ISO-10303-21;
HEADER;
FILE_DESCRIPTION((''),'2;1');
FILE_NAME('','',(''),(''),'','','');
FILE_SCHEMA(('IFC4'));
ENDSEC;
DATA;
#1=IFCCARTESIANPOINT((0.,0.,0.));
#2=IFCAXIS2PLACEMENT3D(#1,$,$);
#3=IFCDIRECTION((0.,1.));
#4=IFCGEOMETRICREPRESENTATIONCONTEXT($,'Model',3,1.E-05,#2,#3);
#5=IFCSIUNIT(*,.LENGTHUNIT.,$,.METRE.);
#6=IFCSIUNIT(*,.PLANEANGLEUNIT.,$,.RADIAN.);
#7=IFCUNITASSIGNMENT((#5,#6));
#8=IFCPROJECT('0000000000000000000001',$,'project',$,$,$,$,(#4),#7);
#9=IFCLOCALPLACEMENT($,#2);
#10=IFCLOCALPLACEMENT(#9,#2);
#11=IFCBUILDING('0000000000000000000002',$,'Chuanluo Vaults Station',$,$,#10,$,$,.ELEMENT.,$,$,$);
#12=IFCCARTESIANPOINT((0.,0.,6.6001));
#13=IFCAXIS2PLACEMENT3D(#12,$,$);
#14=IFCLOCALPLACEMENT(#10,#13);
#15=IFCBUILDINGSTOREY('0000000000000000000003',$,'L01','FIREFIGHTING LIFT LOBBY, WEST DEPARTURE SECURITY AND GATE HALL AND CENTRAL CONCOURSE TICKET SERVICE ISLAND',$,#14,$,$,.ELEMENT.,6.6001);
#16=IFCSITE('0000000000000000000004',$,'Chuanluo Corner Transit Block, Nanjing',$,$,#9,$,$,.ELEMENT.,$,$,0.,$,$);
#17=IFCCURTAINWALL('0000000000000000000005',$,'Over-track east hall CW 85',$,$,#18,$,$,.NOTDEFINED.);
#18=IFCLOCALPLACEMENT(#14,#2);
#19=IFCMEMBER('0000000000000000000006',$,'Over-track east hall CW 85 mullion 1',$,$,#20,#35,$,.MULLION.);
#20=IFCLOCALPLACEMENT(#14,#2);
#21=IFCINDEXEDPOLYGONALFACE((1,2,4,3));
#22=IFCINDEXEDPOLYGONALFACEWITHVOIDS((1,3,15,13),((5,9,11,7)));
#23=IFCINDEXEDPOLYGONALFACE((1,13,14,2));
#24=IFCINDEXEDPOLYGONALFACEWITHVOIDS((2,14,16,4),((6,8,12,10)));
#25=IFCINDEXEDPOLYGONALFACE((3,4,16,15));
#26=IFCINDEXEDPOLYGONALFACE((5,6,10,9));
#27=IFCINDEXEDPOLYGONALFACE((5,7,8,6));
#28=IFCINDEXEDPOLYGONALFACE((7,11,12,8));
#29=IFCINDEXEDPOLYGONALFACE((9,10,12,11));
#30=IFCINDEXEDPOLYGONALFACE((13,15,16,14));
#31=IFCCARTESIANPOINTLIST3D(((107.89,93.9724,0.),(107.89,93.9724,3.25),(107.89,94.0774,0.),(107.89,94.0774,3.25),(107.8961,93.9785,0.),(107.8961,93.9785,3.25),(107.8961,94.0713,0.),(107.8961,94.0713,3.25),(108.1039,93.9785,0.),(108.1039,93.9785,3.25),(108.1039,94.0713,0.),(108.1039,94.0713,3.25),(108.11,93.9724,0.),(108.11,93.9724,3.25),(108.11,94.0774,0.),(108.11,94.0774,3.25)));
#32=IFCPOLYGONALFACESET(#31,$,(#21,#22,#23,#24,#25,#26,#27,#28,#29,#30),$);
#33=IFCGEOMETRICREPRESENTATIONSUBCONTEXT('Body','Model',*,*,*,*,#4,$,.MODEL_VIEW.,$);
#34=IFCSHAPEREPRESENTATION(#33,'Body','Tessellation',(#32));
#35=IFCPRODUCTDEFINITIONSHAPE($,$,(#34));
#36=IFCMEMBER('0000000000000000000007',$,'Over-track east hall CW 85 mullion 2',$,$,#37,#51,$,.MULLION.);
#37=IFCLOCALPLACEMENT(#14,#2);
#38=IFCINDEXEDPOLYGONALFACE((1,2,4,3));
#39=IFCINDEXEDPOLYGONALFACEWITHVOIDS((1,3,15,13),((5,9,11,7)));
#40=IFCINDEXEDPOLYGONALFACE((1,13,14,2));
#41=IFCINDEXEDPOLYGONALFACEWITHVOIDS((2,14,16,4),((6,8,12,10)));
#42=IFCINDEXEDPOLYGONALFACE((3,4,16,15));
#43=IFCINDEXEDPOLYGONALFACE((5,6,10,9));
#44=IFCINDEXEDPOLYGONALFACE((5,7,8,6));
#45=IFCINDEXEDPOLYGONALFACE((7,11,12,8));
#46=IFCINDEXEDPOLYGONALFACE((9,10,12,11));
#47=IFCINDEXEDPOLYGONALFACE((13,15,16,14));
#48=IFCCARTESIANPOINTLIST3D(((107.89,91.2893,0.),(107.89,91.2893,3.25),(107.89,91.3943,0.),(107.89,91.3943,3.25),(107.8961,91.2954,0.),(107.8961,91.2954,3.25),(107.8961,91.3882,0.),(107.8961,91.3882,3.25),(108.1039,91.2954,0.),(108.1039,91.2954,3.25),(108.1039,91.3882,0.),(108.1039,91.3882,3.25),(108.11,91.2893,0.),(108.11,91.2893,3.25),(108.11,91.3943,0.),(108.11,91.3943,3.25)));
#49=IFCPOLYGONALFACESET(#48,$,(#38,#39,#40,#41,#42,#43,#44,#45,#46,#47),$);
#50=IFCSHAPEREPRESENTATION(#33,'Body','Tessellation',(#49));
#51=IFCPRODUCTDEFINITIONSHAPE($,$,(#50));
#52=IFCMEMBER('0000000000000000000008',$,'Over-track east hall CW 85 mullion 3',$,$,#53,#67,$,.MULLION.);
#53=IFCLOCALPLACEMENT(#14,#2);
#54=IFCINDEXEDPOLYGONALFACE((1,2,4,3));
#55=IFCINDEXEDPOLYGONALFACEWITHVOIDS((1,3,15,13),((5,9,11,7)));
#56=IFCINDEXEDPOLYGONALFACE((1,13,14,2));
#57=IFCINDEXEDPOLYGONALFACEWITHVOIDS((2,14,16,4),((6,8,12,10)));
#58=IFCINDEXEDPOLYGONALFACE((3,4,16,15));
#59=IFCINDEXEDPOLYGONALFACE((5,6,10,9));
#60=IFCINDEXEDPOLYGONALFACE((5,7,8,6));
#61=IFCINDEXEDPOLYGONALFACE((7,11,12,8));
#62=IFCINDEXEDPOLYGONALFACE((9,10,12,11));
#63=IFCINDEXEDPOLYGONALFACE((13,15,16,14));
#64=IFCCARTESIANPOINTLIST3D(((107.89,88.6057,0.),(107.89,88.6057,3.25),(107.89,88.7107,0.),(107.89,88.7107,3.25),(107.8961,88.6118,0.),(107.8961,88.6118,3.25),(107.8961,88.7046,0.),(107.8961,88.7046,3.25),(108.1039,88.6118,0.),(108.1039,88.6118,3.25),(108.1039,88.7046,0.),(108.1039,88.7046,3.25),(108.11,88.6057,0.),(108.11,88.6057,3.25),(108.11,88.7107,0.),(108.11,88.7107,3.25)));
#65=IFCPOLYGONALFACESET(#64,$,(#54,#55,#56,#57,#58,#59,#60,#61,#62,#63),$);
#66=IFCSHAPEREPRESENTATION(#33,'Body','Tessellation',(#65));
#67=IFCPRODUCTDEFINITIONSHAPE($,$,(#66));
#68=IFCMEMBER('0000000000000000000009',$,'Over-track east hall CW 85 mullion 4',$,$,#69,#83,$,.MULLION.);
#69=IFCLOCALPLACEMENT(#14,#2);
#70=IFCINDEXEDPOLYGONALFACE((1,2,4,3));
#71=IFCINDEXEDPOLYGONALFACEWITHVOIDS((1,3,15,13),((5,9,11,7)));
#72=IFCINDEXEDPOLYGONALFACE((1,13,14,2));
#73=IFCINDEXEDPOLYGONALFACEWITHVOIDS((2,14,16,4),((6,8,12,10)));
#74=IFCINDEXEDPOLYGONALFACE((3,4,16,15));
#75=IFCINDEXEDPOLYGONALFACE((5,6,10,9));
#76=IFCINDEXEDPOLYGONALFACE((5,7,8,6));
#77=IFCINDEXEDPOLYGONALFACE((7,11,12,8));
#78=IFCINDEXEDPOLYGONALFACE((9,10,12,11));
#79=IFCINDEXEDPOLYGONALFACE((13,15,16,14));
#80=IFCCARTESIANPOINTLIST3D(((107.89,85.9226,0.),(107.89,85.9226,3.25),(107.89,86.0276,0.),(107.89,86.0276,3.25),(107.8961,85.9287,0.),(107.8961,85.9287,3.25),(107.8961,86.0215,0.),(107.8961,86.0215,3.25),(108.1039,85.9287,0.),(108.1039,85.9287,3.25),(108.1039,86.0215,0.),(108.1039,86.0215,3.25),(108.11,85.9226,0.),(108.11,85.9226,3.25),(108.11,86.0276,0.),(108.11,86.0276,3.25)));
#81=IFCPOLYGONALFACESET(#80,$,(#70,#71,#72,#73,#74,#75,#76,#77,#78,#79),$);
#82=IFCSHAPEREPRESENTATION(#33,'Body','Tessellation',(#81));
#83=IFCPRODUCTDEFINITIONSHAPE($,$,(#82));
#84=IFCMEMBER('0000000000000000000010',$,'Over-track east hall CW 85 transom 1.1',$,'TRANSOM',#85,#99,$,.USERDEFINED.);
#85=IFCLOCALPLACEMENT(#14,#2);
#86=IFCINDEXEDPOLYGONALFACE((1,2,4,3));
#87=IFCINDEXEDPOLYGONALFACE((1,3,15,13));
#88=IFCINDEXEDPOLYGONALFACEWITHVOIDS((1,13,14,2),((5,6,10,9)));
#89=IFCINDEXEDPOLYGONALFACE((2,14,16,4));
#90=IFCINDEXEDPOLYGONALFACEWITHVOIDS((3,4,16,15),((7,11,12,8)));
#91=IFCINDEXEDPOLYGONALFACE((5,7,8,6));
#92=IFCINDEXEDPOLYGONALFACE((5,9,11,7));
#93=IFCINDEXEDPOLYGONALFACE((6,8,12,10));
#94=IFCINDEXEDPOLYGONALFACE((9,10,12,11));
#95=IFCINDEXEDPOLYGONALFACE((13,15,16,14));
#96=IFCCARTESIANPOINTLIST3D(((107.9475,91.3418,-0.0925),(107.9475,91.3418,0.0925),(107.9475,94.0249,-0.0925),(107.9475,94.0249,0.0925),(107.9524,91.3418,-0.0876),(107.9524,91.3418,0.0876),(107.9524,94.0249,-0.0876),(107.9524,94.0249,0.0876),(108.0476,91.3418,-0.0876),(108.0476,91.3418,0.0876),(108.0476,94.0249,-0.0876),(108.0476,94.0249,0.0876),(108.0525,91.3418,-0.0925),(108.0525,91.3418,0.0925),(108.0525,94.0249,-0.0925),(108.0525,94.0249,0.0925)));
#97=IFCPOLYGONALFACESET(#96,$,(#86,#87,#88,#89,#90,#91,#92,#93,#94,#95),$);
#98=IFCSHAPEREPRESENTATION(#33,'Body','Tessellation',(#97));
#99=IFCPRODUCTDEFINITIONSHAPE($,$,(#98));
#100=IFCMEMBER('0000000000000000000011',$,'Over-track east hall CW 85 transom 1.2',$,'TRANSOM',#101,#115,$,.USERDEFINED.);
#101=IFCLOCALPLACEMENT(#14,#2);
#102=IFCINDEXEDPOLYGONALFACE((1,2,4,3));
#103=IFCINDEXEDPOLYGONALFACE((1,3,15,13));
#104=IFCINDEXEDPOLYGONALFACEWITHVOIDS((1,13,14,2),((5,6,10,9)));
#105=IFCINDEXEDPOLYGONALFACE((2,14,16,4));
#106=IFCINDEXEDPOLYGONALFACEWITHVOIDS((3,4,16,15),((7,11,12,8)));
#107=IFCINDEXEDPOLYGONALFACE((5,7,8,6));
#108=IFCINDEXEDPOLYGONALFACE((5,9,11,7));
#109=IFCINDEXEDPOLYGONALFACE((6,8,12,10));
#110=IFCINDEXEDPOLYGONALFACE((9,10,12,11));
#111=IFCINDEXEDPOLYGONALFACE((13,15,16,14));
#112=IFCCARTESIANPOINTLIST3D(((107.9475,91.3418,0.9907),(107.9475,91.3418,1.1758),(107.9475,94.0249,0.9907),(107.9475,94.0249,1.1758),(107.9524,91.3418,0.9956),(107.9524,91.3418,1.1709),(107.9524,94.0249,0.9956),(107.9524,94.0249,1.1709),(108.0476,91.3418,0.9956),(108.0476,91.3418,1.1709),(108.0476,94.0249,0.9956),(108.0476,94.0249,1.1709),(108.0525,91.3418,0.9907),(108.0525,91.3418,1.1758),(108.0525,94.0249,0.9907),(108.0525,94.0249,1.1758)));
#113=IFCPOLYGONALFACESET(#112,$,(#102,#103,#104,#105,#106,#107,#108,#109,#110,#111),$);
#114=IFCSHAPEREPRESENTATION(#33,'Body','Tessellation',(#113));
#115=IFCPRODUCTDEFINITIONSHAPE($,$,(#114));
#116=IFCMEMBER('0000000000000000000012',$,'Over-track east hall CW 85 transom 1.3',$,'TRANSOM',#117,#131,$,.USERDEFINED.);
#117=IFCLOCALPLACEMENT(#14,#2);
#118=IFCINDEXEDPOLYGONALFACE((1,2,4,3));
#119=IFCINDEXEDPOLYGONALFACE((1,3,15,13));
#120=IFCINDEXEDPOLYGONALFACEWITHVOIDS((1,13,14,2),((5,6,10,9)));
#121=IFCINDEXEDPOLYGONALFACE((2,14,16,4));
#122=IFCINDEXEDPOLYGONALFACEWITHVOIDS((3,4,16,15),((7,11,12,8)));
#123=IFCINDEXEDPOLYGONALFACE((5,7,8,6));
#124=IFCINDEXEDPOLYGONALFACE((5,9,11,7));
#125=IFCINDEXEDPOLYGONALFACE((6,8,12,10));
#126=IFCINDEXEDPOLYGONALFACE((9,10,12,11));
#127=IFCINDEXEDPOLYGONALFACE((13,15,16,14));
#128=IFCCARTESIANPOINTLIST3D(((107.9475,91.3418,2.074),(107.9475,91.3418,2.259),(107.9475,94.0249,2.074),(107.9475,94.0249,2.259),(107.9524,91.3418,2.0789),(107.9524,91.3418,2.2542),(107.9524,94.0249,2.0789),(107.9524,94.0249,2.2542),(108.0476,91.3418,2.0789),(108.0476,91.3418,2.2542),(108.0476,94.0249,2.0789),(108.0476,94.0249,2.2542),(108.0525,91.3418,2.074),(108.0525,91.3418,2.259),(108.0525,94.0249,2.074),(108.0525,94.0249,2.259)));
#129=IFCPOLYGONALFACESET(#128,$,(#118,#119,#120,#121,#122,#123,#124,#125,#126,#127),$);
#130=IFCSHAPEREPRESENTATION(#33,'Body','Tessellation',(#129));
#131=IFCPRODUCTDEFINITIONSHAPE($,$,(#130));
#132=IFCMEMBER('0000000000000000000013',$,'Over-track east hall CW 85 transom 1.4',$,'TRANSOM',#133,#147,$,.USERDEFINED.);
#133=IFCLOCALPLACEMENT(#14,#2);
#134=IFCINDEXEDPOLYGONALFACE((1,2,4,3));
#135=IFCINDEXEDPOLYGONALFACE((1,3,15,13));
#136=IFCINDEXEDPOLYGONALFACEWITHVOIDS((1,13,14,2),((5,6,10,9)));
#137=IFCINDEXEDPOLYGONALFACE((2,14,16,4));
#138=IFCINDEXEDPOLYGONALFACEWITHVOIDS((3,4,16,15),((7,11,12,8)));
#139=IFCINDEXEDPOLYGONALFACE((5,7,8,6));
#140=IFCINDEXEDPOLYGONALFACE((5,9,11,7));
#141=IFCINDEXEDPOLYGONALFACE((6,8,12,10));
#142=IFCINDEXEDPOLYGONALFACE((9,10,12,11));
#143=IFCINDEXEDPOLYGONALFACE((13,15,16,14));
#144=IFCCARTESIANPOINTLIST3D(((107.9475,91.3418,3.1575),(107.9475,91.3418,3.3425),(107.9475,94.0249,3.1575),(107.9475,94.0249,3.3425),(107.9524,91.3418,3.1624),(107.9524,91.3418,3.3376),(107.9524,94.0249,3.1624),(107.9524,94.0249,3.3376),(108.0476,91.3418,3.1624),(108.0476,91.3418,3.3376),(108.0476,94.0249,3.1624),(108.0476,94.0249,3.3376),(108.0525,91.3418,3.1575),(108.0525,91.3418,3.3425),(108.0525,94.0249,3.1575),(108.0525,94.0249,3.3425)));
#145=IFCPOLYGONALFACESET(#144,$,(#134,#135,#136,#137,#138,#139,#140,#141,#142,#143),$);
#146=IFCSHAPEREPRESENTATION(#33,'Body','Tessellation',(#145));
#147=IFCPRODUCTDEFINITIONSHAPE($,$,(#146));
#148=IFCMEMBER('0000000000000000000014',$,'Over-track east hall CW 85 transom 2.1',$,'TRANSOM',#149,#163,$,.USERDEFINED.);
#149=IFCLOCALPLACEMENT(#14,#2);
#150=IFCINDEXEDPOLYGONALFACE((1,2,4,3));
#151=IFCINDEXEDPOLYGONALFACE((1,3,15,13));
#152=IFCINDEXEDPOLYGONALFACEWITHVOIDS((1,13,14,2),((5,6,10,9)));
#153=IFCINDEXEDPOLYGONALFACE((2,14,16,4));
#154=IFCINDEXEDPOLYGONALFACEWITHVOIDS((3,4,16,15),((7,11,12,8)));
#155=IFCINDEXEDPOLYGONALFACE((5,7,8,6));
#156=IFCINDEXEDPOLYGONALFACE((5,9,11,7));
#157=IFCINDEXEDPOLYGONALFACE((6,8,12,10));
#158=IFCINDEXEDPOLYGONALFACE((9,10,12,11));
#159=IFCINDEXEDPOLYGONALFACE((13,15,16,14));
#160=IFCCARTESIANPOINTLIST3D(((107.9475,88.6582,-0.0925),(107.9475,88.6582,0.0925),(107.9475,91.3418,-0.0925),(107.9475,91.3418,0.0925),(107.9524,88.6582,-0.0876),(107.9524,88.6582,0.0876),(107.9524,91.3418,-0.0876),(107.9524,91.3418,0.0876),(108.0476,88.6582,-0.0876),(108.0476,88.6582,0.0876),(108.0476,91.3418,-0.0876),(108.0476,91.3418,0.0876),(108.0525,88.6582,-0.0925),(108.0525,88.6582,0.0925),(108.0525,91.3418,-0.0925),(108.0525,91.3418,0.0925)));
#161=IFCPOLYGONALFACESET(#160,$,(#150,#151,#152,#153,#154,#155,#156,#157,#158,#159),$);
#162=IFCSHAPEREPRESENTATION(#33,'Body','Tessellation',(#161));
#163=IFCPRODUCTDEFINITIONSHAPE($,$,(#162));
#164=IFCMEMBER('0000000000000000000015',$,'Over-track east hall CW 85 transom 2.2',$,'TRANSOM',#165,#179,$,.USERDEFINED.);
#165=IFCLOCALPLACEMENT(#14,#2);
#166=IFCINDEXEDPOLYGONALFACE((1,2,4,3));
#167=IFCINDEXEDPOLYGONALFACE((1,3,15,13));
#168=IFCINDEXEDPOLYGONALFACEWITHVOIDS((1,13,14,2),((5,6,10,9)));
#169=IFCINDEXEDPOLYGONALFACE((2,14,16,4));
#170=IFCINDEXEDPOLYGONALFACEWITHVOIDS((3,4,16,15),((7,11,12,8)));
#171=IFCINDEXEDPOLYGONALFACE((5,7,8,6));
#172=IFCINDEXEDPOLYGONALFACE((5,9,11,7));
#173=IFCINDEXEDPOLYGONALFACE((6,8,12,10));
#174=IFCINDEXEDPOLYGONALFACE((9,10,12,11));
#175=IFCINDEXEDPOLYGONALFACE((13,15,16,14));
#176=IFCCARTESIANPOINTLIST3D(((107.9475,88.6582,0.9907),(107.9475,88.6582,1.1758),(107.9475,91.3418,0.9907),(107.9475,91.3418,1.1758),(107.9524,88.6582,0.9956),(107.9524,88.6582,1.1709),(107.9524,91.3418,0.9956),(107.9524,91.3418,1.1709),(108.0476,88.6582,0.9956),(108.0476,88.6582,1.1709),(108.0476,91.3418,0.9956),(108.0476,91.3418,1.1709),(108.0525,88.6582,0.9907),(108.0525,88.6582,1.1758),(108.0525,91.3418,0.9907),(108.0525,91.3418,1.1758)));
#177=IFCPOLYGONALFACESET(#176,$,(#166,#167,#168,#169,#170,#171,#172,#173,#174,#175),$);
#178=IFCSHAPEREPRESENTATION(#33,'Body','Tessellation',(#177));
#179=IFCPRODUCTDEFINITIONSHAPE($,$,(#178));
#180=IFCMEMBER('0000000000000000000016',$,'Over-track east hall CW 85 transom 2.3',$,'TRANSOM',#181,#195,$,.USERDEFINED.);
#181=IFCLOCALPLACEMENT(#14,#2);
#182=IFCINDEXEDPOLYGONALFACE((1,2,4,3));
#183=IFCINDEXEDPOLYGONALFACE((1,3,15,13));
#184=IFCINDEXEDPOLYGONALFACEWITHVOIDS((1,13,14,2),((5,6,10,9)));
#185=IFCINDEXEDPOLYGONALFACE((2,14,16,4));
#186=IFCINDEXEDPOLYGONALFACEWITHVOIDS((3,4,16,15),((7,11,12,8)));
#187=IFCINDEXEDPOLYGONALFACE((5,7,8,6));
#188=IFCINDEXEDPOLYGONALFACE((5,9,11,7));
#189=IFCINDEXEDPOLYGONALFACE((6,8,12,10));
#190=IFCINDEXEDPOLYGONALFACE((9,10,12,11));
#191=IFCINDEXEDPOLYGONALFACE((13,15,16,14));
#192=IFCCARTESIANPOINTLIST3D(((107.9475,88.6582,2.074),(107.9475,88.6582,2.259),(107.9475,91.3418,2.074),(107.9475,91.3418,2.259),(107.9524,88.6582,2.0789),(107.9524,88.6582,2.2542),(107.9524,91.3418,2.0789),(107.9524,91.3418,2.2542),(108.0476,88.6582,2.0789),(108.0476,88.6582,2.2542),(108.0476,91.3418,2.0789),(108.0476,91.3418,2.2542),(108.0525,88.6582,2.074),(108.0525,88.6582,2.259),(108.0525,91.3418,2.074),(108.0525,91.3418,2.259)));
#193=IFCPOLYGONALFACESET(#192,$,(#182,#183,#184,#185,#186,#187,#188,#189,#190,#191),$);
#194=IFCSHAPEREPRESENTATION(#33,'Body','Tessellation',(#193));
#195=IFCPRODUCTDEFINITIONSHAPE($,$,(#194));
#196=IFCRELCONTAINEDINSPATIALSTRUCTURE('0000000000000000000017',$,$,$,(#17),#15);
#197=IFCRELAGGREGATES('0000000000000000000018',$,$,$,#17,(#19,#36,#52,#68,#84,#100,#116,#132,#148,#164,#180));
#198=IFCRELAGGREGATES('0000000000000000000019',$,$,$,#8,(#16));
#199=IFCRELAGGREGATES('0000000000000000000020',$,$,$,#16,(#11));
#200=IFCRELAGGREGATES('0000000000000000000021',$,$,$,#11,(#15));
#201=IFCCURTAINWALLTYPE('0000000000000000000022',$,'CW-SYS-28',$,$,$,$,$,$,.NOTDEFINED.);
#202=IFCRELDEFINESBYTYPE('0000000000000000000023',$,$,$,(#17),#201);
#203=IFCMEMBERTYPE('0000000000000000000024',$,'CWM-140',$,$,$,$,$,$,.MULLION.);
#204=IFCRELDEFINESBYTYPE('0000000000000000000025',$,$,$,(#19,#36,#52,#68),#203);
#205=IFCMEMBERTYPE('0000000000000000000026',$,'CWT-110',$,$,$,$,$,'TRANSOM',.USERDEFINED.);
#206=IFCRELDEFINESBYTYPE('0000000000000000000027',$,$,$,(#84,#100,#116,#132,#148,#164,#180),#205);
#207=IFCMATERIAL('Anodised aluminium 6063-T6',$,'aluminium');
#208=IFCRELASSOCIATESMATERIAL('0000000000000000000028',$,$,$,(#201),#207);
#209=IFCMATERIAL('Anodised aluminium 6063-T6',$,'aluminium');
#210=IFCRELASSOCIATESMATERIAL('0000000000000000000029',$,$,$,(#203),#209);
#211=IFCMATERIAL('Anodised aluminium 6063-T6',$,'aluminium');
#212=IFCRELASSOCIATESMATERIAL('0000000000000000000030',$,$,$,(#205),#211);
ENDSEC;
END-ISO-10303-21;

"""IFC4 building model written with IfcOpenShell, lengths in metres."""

from ifc_helpers import new_model, si_unit, direction, frame, origin, origin_2d, place, context, subcontext, project, spatial, hollow_rectangle, extrude, material, material_profile, profile_set, type_object, element, aggregate, save


model = new_model("IFC4")

# Units and contexts
model_context = context("Model", 3, precision=1e-05, world=origin(), true_north=direction((0.0, 1.0)))
body_context = subcontext(model_context, "Body", "Model", "MODEL_VIEW")
ifc_project = project(units=[si_unit("LENGTHUNIT", "METRE"), si_unit("PLANEANGLEUNIT", "RADIAN")], contexts=[model_context])

# Site, building, storey
site_placement = place(None, origin())
site = spatial("IfcSite", under=ifc_project, at=site_placement, Name="Chuanluo Corner Transit Block, Nanjing", CompositionType="ELEMENT", RefElevation=0.0)
building_placement = place(site_placement, origin())
building = spatial("IfcBuilding", under=site, at=building_placement, Name="Chuanluo Vaults Station", CompositionType="ELEMENT")
storey_placement = place(building_placement, frame((0.0, 0.0, 6.6001)))
storey = spatial("IfcBuildingStorey", under=building, at=storey_placement, Name="L01", Description="FIREFIGHTING LIFT LOBBY, WEST DEPARTURE SECURITY AND GATE HALL AND CENTRAL CONCOURSE TICKET SERVICE ISLAND", CompositionType="ELEMENT", Elevation=6.6001)

# Curtain wall, members
ifc_material_1 = material(Name="Anodised aluminium 6063-T6", Category="aluminium")
curtain_wall_type = type_object("IfcCurtainWallType", Name="CW-SYS-28", PredefinedType="NOTDEFINED", material=ifc_material_1)
curtain_wall_placement = place(storey_placement, origin())
curtain_wall = element("IfcCurtainWall", 1, at=curtain_wall_placement, inside=storey, type_object=curtain_wall_type, Name="Over-track east hall CW 85", PredefinedType="NOTDEFINED")
ifc_material_2 = material(Name="Anodised aluminium 6063-T6", Category="aluminium")
ifc_material_profile_1 = material_profile(ifc_material_2, hollow_rectangle(XDim=0.105, YDim=0.22, WallThickness=0.0061, at=origin_2d()))
ifc_profile_set_1 = profile_set([ifc_material_profile_1], Name="Anodised aluminium 6063-T6")
member_type_1 = type_object("IfcMemberType", Name="CWM-140", PredefinedType="MULLION", material=ifc_profile_set_1)
member_1_placement = place(storey_placement, frame((108.0, 94.0249, 0.0), z_axis=(0.0, 0.0, 1.0), x_axis=(0.0, -1.0, 0.0)))
member_1 = element("IfcMember", 2, at=member_1_placement, type_object=member_type_1, Name="Over-track east hall CW 85 mullion 1", PredefinedType="MULLION", context=body_context, shape_type="SweptSolid", body=[
    extrude(hollow_rectangle(XDim=0.105, YDim=0.22, WallThickness=0.0061, at=origin_2d()), origin(), (0.0, 0.0, 1.0), 3.25),
])
member_2_placement = place(storey_placement, frame((108.0, 91.3418, 0.0), z_axis=(0.0, 0.0, 1.0), x_axis=(0.0, -1.0, 0.0)))
member_2 = element("IfcMember", 3, at=member_2_placement, type_object=member_type_1, Name="Over-track east hall CW 85 mullion 2", PredefinedType="MULLION", context=body_context, shape_type="SweptSolid", body=[
    extrude(hollow_rectangle(XDim=0.105, YDim=0.22, WallThickness=0.0061, at=origin_2d()), origin(), (0.0, 0.0, 1.0), 3.25),
])
member_3_placement = place(storey_placement, frame((108.0, 88.6582, 0.0), z_axis=(0.0, 0.0, 1.0), x_axis=(0.0, -1.0, 0.0)))
member_3 = element("IfcMember", 4, at=member_3_placement, type_object=member_type_1, Name="Over-track east hall CW 85 mullion 3", PredefinedType="MULLION", context=body_context, shape_type="SweptSolid", body=[
    extrude(hollow_rectangle(XDim=0.105, YDim=0.22, WallThickness=0.0061, at=origin_2d()), origin(), (0.0, 0.0, 1.0), 3.25),
])
member_4_placement = place(storey_placement, frame((108.0, 85.9751, 0.0), z_axis=(0.0, 0.0, 1.0), x_axis=(0.0, -1.0, 0.0)))
member_4 = element("IfcMember", 5, at=member_4_placement, type_object=member_type_1, Name="Over-track east hall CW 85 mullion 4", PredefinedType="MULLION", context=body_context, shape_type="SweptSolid", body=[
    extrude(hollow_rectangle(XDim=0.105, YDim=0.22, WallThickness=0.0061, at=origin_2d()), origin(), (0.0, 0.0, 1.0), 3.25),
])
ifc_material_3 = material(Name="Anodised aluminium 6063-T6", Category="aluminium")
ifc_material_profile_2 = material_profile(ifc_material_3, hollow_rectangle(XDim=0.105, YDim=0.1851, WallThickness=0.0049, at=origin_2d()))
ifc_profile_set_2 = profile_set([ifc_material_profile_2], Name="Anodised aluminium 6063-T6")
member_type_2 = type_object("IfcMemberType", Name="CWT-110", ElementType="TRANSOM", PredefinedType="USERDEFINED", material=ifc_profile_set_2)
member_5_placement = place(storey_placement, frame((108.0, 94.0249, 0.0), z_axis=(0.0, -1.0, 0.0), x_axis=(1.0, 0.0, 0.0)))
member_5 = element("IfcMember", 6, at=member_5_placement, type_object=member_type_2, Name="Over-track east hall CW 85 transom 1.1", ObjectType="TRANSOM", PredefinedType="USERDEFINED", context=body_context, shape_type="SweptSolid", body=[
    extrude(hollow_rectangle(XDim=0.105, YDim=0.1851, WallThickness=0.0049, at=origin_2d()), origin(), (0.0, 0.0, 1.0), 2.6831),
])
member_6_placement = place(storey_placement, frame((108.0, 94.0249, 1.0833), z_axis=(0.0, -1.0, 0.0), x_axis=(1.0, 0.0, 0.0)))
member_6 = element("IfcMember", 7, at=member_6_placement, type_object=member_type_2, Name="Over-track east hall CW 85 transom 1.2", ObjectType="TRANSOM", PredefinedType="USERDEFINED", context=body_context, shape_type="SweptSolid", body=[
    extrude(hollow_rectangle(XDim=0.105, YDim=0.1851, WallThickness=0.0049, at=origin_2d()), origin(), (0.0, 0.0, 1.0), 2.6831),
])
member_7_placement = place(storey_placement, frame((108.0, 94.0249, 2.1665), z_axis=(0.0, -1.0, 0.0), x_axis=(1.0, 0.0, 0.0)))
member_7 = element("IfcMember", 8, at=member_7_placement, type_object=member_type_2, Name="Over-track east hall CW 85 transom 1.3", ObjectType="TRANSOM", PredefinedType="USERDEFINED", context=body_context, shape_type="SweptSolid", body=[
    extrude(hollow_rectangle(XDim=0.105, YDim=0.1851, WallThickness=0.0049, at=origin_2d()), origin(), (0.0, 0.0, 1.0), 2.6831),
])
member_8_placement = place(storey_placement, frame((108.0, 94.0249, 3.25), z_axis=(0.0, -1.0, 0.0), x_axis=(1.0, 0.0, 0.0)))
member_8 = element("IfcMember", 9, at=member_8_placement, type_object=member_type_2, Name="Over-track east hall CW 85 transom 1.4", ObjectType="TRANSOM", PredefinedType="USERDEFINED", context=body_context, shape_type="SweptSolid", body=[
    extrude(hollow_rectangle(XDim=0.105, YDim=0.1851, WallThickness=0.0049, at=origin_2d()), origin(), (0.0, 0.0, 1.0), 2.6831),
])
member_9_placement = place(storey_placement, frame((108.0, 91.3418, 0.0), z_axis=(0.0, -1.0, 0.0), x_axis=(1.0, 0.0, 0.0)))
member_9 = element("IfcMember", 10, at=member_9_placement, type_object=member_type_2, Name="Over-track east hall CW 85 transom 2.1", ObjectType="TRANSOM", PredefinedType="USERDEFINED", context=body_context, shape_type="SweptSolid", body=[
    extrude(hollow_rectangle(XDim=0.105, YDim=0.1851, WallThickness=0.0049, at=origin_2d()), origin(), (0.0, 0.0, 1.0), 2.6836),
])
member_10_placement = place(storey_placement, frame((108.0, 91.3418, 1.0833), z_axis=(0.0, -1.0, 0.0), x_axis=(1.0, 0.0, 0.0)))
member_10 = element("IfcMember", 11, at=member_10_placement, type_object=member_type_2, Name="Over-track east hall CW 85 transom 2.2", ObjectType="TRANSOM", PredefinedType="USERDEFINED", context=body_context, shape_type="SweptSolid", body=[
    extrude(hollow_rectangle(XDim=0.105, YDim=0.1851, WallThickness=0.0049, at=origin_2d()), origin(), (0.0, 0.0, 1.0), 2.6836),
])
member_11_placement = place(storey_placement, frame((108.0, 91.3418, 2.1665), z_axis=(0.0, -1.0, 0.0), x_axis=(1.0, 0.0, 0.0)))
member_11 = element("IfcMember", 12, at=member_11_placement, type_object=member_type_2, Name="Over-track east hall CW 85 transom 2.3", ObjectType="TRANSOM", PredefinedType="USERDEFINED", context=body_context, shape_type="SweptSolid", body=[
    extrude(hollow_rectangle(XDim=0.105, YDim=0.1851, WallThickness=0.0049, at=origin_2d()), origin(), (0.0, 0.0, 1.0), 2.6836),
])
aggregate(curtain_wall, [member_1, member_2, member_3, member_4, member_5, member_6, member_7, member_8, member_9, member_10, member_11])

save(model, "model.ifc")
